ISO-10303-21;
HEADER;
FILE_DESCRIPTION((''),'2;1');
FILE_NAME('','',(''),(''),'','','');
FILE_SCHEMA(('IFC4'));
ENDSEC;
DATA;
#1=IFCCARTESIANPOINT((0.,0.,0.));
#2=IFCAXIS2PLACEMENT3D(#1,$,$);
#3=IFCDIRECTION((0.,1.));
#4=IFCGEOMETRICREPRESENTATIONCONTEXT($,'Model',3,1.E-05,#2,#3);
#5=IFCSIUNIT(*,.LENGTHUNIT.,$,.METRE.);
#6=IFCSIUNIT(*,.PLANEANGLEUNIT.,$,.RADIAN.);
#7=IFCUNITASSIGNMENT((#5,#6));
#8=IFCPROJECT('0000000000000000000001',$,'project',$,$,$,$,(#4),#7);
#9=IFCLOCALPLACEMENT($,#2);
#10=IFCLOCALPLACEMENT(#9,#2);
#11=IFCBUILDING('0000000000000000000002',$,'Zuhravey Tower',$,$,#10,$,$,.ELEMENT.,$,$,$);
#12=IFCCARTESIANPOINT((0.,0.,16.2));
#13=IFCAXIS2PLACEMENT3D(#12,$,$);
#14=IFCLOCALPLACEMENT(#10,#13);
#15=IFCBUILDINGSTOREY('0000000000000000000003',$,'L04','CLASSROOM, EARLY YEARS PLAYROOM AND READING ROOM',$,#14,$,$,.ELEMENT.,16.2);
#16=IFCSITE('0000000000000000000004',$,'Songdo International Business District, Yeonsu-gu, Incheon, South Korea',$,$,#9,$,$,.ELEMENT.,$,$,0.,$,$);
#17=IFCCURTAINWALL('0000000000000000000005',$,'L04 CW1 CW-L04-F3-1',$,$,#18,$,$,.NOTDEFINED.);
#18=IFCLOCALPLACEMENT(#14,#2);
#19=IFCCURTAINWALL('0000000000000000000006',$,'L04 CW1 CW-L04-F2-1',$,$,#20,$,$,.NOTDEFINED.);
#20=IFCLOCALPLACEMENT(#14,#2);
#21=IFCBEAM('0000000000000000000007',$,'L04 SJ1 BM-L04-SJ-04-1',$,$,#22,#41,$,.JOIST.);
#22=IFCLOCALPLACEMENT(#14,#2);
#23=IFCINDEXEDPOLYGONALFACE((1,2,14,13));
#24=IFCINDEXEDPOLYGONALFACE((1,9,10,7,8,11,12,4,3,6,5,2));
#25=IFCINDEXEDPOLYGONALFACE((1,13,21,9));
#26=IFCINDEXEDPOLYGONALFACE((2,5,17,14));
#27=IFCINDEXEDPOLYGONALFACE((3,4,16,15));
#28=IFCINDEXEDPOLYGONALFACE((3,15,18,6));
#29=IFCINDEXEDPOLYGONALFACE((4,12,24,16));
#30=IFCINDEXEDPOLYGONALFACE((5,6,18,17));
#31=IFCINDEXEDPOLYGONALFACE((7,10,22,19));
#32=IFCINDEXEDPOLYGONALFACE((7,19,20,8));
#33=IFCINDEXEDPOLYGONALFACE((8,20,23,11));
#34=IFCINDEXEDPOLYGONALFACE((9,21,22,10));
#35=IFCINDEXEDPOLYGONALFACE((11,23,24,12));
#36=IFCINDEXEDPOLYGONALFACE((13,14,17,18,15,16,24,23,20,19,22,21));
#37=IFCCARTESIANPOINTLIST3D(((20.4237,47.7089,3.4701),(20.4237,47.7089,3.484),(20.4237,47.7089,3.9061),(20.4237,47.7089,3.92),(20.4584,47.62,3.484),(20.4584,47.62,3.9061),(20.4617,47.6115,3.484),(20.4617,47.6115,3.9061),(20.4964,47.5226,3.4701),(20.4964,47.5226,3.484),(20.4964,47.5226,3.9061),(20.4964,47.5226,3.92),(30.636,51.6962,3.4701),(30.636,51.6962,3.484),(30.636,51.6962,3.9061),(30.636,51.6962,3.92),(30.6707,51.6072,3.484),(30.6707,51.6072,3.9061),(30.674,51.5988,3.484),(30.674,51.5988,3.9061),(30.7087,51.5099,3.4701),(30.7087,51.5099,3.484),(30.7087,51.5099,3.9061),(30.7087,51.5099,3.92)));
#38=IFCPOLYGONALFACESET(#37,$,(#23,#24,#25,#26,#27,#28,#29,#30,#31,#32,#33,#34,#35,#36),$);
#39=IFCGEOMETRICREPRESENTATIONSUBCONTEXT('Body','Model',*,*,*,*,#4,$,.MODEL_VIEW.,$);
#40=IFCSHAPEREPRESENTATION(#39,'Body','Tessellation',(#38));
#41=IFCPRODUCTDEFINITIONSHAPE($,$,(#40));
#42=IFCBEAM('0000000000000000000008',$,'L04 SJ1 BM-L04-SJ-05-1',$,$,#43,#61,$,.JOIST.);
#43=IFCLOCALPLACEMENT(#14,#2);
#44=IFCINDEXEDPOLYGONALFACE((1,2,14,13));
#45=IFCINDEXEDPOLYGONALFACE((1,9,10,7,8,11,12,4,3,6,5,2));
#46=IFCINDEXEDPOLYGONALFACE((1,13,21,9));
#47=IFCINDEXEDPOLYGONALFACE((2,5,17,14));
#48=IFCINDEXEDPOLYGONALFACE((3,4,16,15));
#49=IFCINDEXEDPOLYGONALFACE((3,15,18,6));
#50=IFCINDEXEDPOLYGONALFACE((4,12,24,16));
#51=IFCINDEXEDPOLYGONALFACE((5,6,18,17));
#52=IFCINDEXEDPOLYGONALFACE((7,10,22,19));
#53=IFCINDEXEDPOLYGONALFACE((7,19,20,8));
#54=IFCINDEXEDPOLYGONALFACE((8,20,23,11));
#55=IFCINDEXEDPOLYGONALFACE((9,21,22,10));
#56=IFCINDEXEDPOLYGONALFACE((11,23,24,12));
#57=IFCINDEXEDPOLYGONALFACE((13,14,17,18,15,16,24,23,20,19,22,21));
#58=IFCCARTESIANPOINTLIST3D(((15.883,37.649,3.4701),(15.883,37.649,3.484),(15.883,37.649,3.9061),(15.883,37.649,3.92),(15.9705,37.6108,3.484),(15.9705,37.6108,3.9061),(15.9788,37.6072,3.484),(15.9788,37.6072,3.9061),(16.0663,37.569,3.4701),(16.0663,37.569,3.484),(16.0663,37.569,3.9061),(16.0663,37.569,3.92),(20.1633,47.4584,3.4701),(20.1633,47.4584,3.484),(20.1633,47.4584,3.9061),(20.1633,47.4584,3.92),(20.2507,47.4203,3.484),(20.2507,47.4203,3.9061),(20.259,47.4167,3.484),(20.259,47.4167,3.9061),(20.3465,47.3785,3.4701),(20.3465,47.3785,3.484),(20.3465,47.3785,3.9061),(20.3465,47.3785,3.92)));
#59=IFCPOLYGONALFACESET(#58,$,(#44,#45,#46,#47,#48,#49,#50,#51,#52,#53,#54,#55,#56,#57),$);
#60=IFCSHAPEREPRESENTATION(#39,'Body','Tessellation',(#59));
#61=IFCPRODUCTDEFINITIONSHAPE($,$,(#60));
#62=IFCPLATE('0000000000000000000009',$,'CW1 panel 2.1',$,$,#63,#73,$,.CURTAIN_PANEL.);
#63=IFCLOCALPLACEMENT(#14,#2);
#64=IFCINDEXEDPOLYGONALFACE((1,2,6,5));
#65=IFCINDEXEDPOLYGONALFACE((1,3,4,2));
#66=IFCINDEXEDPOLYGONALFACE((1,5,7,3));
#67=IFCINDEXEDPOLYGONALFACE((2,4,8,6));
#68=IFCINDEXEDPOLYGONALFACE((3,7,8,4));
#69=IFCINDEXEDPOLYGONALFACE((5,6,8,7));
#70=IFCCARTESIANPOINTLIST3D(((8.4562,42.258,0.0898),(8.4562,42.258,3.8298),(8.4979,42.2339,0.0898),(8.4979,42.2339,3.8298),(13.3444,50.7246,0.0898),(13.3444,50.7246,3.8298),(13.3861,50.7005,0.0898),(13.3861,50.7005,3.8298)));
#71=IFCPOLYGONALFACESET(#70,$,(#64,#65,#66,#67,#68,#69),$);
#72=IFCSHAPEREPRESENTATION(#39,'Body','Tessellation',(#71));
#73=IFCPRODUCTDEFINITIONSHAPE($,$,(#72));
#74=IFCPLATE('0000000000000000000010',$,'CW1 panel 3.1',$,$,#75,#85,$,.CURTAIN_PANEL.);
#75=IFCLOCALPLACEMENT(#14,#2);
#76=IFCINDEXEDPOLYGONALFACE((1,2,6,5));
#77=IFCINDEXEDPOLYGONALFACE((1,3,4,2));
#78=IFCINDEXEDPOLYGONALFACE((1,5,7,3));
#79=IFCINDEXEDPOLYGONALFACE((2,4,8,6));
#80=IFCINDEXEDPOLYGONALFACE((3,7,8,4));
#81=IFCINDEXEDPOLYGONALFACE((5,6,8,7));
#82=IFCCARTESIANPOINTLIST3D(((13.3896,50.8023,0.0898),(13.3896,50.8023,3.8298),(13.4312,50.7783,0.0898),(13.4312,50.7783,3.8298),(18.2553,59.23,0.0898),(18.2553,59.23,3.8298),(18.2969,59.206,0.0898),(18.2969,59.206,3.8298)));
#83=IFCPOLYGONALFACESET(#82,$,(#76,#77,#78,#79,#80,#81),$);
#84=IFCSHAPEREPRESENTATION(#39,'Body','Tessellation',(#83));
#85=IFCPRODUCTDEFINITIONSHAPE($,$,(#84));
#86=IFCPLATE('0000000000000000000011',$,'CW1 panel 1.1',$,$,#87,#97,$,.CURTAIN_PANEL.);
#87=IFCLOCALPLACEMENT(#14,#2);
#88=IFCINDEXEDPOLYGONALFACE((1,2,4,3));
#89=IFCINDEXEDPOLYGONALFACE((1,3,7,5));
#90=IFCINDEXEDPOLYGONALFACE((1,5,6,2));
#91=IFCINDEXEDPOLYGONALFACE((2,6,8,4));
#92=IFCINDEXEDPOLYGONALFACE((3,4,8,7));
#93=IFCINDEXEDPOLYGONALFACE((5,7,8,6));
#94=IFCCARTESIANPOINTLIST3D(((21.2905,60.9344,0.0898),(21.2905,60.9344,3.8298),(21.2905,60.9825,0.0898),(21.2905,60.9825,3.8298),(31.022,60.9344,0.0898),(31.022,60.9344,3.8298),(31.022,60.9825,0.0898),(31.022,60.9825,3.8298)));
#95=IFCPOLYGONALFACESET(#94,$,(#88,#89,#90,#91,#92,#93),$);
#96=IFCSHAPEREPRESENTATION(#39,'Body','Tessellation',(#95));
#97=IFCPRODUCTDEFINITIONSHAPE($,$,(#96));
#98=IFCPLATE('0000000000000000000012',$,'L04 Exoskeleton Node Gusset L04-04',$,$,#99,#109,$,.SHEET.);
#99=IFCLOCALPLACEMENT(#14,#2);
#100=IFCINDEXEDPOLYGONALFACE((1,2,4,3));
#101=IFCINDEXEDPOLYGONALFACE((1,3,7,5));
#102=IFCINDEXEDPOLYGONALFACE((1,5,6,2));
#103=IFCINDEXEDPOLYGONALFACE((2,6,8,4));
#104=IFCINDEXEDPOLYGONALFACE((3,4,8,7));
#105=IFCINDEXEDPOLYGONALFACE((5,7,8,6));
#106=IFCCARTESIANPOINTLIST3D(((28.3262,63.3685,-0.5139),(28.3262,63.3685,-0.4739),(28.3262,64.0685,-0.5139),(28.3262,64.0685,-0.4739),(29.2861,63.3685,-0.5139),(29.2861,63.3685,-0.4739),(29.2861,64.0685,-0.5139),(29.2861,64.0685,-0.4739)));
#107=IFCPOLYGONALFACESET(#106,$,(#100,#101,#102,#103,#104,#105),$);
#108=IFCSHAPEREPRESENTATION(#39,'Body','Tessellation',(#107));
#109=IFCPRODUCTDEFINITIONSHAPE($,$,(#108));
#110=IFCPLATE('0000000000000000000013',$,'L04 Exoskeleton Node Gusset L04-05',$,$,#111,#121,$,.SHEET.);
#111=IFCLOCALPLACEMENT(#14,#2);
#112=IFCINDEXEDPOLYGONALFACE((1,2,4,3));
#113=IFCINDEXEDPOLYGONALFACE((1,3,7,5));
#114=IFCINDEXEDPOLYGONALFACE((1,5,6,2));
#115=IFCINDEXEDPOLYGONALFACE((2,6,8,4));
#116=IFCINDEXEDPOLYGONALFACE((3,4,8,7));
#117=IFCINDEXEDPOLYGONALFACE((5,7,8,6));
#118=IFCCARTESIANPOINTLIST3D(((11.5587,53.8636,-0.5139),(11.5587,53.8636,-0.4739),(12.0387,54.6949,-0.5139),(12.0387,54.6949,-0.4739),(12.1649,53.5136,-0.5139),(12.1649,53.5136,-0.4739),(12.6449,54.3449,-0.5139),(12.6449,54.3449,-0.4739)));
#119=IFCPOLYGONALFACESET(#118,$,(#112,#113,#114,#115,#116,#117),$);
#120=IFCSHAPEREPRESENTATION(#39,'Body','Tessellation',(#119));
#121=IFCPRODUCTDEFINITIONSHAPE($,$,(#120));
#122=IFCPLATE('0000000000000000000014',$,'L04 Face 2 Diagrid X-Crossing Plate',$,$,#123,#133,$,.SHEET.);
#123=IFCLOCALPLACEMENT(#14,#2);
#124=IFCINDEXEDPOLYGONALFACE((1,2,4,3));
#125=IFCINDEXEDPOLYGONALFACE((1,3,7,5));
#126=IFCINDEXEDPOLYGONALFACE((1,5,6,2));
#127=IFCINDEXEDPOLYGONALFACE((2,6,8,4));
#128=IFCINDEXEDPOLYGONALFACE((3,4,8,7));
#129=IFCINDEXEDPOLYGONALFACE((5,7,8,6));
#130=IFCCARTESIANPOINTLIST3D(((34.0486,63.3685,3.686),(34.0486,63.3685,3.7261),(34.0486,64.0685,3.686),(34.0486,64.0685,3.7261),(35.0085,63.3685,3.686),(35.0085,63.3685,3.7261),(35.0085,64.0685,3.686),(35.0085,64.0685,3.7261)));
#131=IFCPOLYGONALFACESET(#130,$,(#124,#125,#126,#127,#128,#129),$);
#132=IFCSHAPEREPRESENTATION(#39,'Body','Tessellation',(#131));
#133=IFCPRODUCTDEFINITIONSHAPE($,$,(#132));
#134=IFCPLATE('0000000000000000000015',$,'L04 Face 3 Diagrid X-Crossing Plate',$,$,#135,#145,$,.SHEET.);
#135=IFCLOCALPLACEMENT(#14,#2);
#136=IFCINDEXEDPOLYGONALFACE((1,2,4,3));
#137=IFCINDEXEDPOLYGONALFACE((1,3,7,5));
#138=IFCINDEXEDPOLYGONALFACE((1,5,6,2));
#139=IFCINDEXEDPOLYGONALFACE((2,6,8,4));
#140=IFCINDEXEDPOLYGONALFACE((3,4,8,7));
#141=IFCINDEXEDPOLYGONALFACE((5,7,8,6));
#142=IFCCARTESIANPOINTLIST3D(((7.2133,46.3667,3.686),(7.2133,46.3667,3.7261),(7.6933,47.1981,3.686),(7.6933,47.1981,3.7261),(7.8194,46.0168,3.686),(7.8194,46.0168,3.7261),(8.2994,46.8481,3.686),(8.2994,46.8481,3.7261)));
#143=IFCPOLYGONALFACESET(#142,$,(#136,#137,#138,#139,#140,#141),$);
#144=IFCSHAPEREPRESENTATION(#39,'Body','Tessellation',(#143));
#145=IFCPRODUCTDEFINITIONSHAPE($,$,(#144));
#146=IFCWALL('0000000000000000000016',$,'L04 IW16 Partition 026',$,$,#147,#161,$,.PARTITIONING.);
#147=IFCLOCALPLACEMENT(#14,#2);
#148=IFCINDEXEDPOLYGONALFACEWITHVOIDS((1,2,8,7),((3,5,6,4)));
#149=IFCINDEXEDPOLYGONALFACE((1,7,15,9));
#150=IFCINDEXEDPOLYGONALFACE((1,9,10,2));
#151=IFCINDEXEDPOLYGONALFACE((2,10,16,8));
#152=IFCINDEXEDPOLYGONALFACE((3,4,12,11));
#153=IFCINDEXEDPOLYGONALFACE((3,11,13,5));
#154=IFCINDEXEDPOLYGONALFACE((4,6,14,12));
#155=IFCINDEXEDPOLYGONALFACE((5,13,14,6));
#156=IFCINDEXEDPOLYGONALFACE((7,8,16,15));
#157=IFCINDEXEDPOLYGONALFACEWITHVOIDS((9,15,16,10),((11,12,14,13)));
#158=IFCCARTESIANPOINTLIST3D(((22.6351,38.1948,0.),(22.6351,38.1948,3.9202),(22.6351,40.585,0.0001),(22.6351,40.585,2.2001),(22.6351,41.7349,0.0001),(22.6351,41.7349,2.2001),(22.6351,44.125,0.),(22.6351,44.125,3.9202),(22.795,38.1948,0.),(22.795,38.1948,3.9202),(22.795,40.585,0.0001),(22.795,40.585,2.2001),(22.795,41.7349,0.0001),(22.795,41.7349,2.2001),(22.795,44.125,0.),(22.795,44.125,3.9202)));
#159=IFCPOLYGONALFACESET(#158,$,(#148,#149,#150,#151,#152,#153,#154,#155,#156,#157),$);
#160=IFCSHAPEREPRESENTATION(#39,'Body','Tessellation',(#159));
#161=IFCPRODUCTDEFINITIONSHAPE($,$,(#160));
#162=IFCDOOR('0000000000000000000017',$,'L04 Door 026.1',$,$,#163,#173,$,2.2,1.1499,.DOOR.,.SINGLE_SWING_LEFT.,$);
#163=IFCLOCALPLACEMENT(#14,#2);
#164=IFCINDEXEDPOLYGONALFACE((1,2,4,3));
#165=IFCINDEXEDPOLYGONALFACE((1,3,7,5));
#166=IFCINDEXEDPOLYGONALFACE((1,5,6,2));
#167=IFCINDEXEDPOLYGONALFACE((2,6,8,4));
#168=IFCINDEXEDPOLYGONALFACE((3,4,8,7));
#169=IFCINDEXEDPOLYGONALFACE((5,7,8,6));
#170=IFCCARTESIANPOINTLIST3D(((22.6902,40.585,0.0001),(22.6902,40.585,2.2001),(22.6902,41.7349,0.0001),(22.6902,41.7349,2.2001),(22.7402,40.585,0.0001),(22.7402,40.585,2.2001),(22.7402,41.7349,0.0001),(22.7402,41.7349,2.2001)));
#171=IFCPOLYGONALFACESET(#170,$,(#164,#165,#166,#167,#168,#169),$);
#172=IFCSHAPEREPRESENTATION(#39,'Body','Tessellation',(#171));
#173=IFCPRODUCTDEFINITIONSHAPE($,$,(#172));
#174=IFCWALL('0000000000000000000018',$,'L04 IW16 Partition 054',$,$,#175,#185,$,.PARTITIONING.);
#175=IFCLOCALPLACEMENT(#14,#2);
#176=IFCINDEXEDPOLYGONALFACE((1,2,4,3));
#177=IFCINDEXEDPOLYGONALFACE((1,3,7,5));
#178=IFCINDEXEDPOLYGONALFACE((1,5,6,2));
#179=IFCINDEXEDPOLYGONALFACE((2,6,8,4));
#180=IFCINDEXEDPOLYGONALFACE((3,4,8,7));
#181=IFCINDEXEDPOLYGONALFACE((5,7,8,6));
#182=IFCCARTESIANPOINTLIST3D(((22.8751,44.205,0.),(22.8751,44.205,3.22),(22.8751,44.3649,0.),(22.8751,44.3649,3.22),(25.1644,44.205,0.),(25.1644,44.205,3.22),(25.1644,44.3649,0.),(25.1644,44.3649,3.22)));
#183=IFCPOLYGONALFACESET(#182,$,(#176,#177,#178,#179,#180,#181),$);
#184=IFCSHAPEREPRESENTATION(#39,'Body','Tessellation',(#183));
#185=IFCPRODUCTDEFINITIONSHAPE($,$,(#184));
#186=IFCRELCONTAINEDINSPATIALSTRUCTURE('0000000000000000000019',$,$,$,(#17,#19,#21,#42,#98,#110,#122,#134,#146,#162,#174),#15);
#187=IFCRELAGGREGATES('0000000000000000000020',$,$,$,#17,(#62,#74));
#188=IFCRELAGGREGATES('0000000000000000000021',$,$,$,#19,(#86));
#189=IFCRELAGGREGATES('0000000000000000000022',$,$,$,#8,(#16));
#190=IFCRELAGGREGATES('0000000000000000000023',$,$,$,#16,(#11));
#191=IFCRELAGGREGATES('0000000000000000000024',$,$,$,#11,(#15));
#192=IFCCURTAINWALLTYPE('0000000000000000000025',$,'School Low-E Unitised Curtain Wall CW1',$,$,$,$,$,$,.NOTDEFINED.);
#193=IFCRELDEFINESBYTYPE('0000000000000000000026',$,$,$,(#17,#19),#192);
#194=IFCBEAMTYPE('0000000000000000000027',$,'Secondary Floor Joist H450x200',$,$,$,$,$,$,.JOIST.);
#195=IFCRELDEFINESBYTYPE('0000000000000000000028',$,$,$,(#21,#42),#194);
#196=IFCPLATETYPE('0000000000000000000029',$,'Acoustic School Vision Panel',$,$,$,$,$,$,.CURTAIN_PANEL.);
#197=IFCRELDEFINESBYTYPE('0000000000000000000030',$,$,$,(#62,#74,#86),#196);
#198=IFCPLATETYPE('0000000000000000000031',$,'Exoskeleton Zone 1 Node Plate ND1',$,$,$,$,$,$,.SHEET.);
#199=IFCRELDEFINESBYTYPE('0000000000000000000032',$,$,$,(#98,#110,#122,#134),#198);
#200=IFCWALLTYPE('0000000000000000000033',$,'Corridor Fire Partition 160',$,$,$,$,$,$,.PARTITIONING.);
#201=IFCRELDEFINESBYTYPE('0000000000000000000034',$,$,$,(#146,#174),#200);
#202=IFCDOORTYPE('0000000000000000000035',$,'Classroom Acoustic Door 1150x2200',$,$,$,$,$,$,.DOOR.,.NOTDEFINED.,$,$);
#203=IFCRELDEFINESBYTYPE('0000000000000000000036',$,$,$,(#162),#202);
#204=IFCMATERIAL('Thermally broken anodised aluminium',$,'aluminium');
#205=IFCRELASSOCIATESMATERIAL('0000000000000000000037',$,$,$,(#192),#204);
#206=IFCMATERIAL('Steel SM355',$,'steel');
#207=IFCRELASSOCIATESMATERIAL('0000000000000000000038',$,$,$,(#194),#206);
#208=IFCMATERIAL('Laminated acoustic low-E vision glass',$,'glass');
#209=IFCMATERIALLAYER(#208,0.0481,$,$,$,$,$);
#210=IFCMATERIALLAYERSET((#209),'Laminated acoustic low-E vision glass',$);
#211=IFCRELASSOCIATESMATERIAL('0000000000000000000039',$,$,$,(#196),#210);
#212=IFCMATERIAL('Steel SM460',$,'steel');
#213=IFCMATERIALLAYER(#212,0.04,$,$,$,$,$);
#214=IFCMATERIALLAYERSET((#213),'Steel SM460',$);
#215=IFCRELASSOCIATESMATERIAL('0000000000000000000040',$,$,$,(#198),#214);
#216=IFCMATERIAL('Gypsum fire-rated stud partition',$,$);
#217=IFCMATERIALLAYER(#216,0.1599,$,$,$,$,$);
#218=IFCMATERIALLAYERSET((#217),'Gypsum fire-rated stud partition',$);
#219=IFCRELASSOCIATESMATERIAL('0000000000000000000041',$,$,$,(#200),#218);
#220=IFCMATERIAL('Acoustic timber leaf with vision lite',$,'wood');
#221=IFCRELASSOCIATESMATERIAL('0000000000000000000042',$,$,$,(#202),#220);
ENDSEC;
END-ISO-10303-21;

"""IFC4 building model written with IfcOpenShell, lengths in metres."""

from ifc_helpers import new_model, si_unit, direction, frame, frame_2d, origin, origin_2d, place, context, subcontext, project, spatial, rectangle, i_section, extrude, material, layer, layer_set, material_profile, profile_set, type_object, element, fill, aggregate, save


model = new_model("IFC4")

# Units and contexts
model_context = context("Model", 3, precision=1e-05, world=origin(), true_north=direction((0.0, 1.0)))
body_context = subcontext(model_context, "Body", "Model", "MODEL_VIEW")
ifc_project = project(units=[si_unit("LENGTHUNIT", "METRE"), si_unit("PLANEANGLEUNIT", "RADIAN")], contexts=[model_context])

# Site, building, storey
site_placement = place(None, origin())
site = spatial("IfcSite", under=ifc_project, at=site_placement, Name="Songdo International Business District, Yeonsu-gu, Incheon, South Korea", CompositionType="ELEMENT", RefElevation=0.0)
building_placement = place(site_placement, origin())
building = spatial("IfcBuilding", under=site, at=building_placement, Name="Zuhravey Tower", CompositionType="ELEMENT")
storey_placement = place(building_placement, frame((0.0, 0.0, 16.2)))
storey = spatial("IfcBuildingStorey", under=building, at=storey_placement, Name="L04", Description="CLASSROOM, EARLY YEARS PLAYROOM AND READING ROOM", CompositionType="ELEMENT", Elevation=16.2)

# Curtain walls
ifc_material_1 = material(Name="Thermally broken anodised aluminium", Category="aluminium")
curtain_wall_type = type_object("IfcCurtainWallType", Name="School Low-E Unitised Curtain Wall CW1", PredefinedType="NOTDEFINED", material=ifc_material_1)
curtain_wall_1_placement = place(storey_placement, origin())
curtain_wall_1 = element("IfcCurtainWall", 1, at=curtain_wall_1_placement, inside=storey, type_object=curtain_wall_type, Name="L04 CW1 CW-L04-F3-1", PredefinedType="NOTDEFINED")
curtain_wall_2_placement = place(storey_placement, origin())
curtain_wall_2 = element("IfcCurtainWall", 2, at=curtain_wall_2_placement, inside=storey, type_object=curtain_wall_type, Name="L04 CW1 CW-L04-F2-1", PredefinedType="NOTDEFINED")

# Shared definitions
ifc_material_2 = material(Name="Steel SM355", Category="steel")
ifc_material_3 = material(Name="Steel SM460", Category="steel")

# Beams
ifc_material_profile_1 = material_profile(ifc_material_2, i_section(OverallWidth=0.2, OverallDepth=0.45, WebThickness=0.009, FlangeThickness=0.0139, at=origin_2d()), Name="H-450x200x9x14")
ifc_profile_set_1 = profile_set([ifc_material_profile_1], Name="Steel SM355")
beam_type_1 = type_object("IfcBeamType", Name="Secondary Floor Joist H450x200", PredefinedType="JOIST", material=ifc_profile_set_1)
beam_1_placement = place(storey_placement, frame((30.6724, 51.603, 3.6951), z_axis=(-0.931517, -0.363699, 0.0), x_axis=(0.363699, -0.931517, 0.0)))
element("IfcBeam", 3, at=beam_1_placement, inside=storey, type_object=beam_type_1, Name="L04 SJ1 BM-L04-SJ-04-1", PredefinedType="JOIST", context=body_context, shape_type="SweptSolid", body=[
    extrude(i_section(OverallWidth=0.2, OverallDepth=0.45, WebThickness=0.009, FlangeThickness=0.0139, at=origin_2d()), origin(), (0.0, 0.0, 1.0), 10.9631),
])
beam_2_placement = place(storey_placement, frame((20.2549, 47.4185, 3.6951), z_axis=(-0.399924, -0.916549, 0.0), x_axis=(0.916549, -0.399924, 0.0)))
element("IfcBeam", 4, at=beam_2_placement, inside=storey, type_object=beam_type_1, Name="L04 SJ1 BM-L04-SJ-05-1", PredefinedType="JOIST", context=body_context, shape_type="SweptSolid", body=[
    extrude(i_section(OverallWidth=0.2, OverallDepth=0.45, WebThickness=0.009, FlangeThickness=0.0139, at=origin_2d()), origin(), (0.0, 0.0, 1.0), 10.7026),
])

# Plates
ifc_material_4 = material(Name="Laminated acoustic low-E vision glass", Category="glass")
ifc_layer_1 = layer(ifc_material_4, 0.0481)
ifc_layer_set_1 = layer_set([ifc_layer_1], Name="Laminated acoustic low-E vision glass")
plate_type_1 = type_object("IfcPlateType", Name="Acoustic School Vision Panel", PredefinedType="CURTAIN_PANEL", material=ifc_layer_set_1)
plate_1_placement = place(storey_placement, frame((10.9211, 46.4792, 0.0898), z_axis=(0.0, 0.0, 1.0), x_axis=(0.5, 0.866026, 0.0)))
plate_1 = element("IfcPlate", 5, at=plate_1_placement, type_object=plate_type_1, Name="CW1 panel 2.1", PredefinedType="CURTAIN_PANEL", context=body_context, shape_type="SweptSolid", body=[
    extrude(rectangle(XDim=9.7764, YDim=0.0481, at=origin_2d()), origin(), (0.0, 0.0, 1.0), 3.74),
])
plate_2_placement = place(storey_placement, frame((15.8433, 55.0042, 0.0898), z_axis=(0.0, 0.0, 1.0), x_axis=(0.5, 0.866026, 0.0)))
plate_2 = element("IfcPlate", 6, at=plate_2_placement, type_object=plate_type_1, Name="CW1 panel 3.1", PredefinedType="CURTAIN_PANEL", context=body_context, shape_type="SweptSolid", body=[
    extrude(rectangle(XDim=9.7314, YDim=0.0481, at=origin_2d()), origin(), (0.0, 0.0, 1.0), 3.74),
])
aggregate(curtain_wall_1, [plate_1, plate_2])
plate_3_placement = place(storey_placement, frame((26.1562, 60.9585, 0.0898), z_axis=(0.0, 0.0, 1.0), x_axis=(1.0, 0.0, 0.0)))
plate_3 = element("IfcPlate", 7, at=plate_3_placement, type_object=plate_type_1, Name="CW1 panel 1.1", PredefinedType="CURTAIN_PANEL", context=body_context, shape_type="SweptSolid", body=[
    extrude(rectangle(XDim=9.7314, YDim=0.0481, at=origin_2d()), origin(), (0.0, 0.0, 1.0), 3.74),
])
aggregate(curtain_wall_2, [plate_3])

# Plates
ifc_layer_2 = layer(ifc_material_3, 0.04)
ifc_layer_set_2 = layer_set([ifc_layer_2], Name="Steel SM460")
plate_type_2 = type_object("IfcPlateType", Name="Exoskeleton Zone 1 Node Plate ND1", PredefinedType="SHEET", material=ifc_layer_set_2)
for number, where, z_axis, x_axis, name in (
    (8, (28.8062, 63.7185, -0.5139), (0.0, 0.0, 1.0), (-1.0, 0.0, 0.0), "L04 Exoskeleton Node Gusset L04-04"),
    (9, (12.1018, 54.1042, -0.5139), (0.0, 0.0, 1.0), (-0.5, -0.866025, 0.0), "L04 Exoskeleton Node Gusset L04-05"),
    (10, (34.5286, 63.7185, 3.686), (0.0, 0.0, 1.0), (-1.0, 0.0, 0.0), "L04 Face 2 Diagrid X-Crossing Plate"),
    (11, (7.7563, 46.6074, 3.686), (0.0, 0.0, 1.0), (-0.5, -0.866025, 0.0), "L04 Face 3 Diagrid X-Crossing Plate"),
):
    element("IfcPlate", number, at=place(storey_placement, frame(where, z_axis=z_axis, x_axis=x_axis)), inside=storey, type_object=plate_type_2, Name=name, PredefinedType="SHEET", context=body_context, shape_type="SweptSolid", body=[
        extrude(rectangle(XDim=0.96, YDim=0.7, at=origin_2d()), origin(), (0.0, 0.0, 1.0), 0.04),
    ])

# Wall, opening, door
ifc_material_5 = material(Name="Gypsum fire-rated stud partition")
ifc_layer_3 = layer(ifc_material_5, 0.1599)
ifc_layer_set_3 = layer_set([ifc_layer_3], Name="Gypsum fire-rated stud partition")
wall_type_1 = type_object("IfcWallType", Name="Corridor Fire Partition 160", PredefinedType="PARTITIONING", material=ifc_layer_set_3)
wall_1_placement = place(storey_placement, frame((22.7151, 44.125, 0.0), z_axis=(0.0, 0.0, 1.0), x_axis=(0.0, -1.0, 0.0)))
wall_1 = element("IfcWall", 12, at=wall_1_placement, inside=storey, type_object=wall_type_1, Name="L04 IW16 Partition 026", PredefinedType="PARTITIONING", context=body_context, shape_type="SweptSolid", body=[
    extrude(rectangle(XDim=5.9302, YDim=0.1599, at=frame_2d((2.9651, 0.0))), origin(), (0.0, 0.0, 1.0), 3.9202),
])
opening_placement = place(wall_1_placement, frame((2.3901, 0.0, 0.0)))
opening = element("IfcOpeningElement", 13, at=opening_placement, cuts=wall_1, PredefinedType="OPENING", context=body_context, shape_type="SweptSolid", body=[
    extrude(rectangle(XDim=1.1499, YDim=2.2, at=frame_2d((0.575, 1.1001))), frame((0.0, 0.092, 0.0), z_axis=(0.0, -1.0, 0.0), x_axis=(1.0, 0.0, 0.0)), (0.0, 0.0, 1.0), 0.1838),
])
ifc_material_6 = material(Name="Acoustic timber leaf with vision lite", Category="wood")
door_type = type_object("IfcDoorType", Name="Classroom Acoustic Door 1150x2200", OperationType="NOTDEFINED", PredefinedType="DOOR", material=ifc_material_6)
door_placement = place(opening_placement, frame((1.1499, 0.0, 0.0), z_axis=(0.0, 0.0, 1.0), x_axis=(-1.0, 0.0, 0.0)))
door = element("IfcDoor", 14, at=door_placement, inside=storey, type_object=door_type, Name="L04 Door 026.1", OperationType="SINGLE_SWING_LEFT", OverallHeight=2.2, OverallWidth=1.1499, PredefinedType="DOOR", context=body_context, shape_type="SweptSolid", body=[
    extrude(rectangle(XDim=1.1499, YDim=2.2, at=frame_2d((0.575, 1.1001))), frame((0.0, 0.0249, 0.0), z_axis=(0.0, -1.0, 0.0), x_axis=(1.0, 0.0, 0.0)), (0.0, 0.0, 1.0), 0.05),
])
fill(opening, door)

# Wall
wall_2_placement = place(storey_placement, frame((25.1643, 44.2849, 0.0), z_axis=(0.0, 0.0, 1.0), x_axis=(-1.0, 0.0, 0.0)))
element("IfcWall", 15, at=wall_2_placement, inside=storey, type_object=wall_type_1, Name="L04 IW16 Partition 054", PredefinedType="PARTITIONING", context=body_context, shape_type="SweptSolid", body=[
    extrude(rectangle(XDim=2.2893, YDim=0.1599, at=frame_2d((1.1445, 0.0))), origin(), (0.0, 0.0, 1.0), 3.22),
])

save(model, "model.ifc")
